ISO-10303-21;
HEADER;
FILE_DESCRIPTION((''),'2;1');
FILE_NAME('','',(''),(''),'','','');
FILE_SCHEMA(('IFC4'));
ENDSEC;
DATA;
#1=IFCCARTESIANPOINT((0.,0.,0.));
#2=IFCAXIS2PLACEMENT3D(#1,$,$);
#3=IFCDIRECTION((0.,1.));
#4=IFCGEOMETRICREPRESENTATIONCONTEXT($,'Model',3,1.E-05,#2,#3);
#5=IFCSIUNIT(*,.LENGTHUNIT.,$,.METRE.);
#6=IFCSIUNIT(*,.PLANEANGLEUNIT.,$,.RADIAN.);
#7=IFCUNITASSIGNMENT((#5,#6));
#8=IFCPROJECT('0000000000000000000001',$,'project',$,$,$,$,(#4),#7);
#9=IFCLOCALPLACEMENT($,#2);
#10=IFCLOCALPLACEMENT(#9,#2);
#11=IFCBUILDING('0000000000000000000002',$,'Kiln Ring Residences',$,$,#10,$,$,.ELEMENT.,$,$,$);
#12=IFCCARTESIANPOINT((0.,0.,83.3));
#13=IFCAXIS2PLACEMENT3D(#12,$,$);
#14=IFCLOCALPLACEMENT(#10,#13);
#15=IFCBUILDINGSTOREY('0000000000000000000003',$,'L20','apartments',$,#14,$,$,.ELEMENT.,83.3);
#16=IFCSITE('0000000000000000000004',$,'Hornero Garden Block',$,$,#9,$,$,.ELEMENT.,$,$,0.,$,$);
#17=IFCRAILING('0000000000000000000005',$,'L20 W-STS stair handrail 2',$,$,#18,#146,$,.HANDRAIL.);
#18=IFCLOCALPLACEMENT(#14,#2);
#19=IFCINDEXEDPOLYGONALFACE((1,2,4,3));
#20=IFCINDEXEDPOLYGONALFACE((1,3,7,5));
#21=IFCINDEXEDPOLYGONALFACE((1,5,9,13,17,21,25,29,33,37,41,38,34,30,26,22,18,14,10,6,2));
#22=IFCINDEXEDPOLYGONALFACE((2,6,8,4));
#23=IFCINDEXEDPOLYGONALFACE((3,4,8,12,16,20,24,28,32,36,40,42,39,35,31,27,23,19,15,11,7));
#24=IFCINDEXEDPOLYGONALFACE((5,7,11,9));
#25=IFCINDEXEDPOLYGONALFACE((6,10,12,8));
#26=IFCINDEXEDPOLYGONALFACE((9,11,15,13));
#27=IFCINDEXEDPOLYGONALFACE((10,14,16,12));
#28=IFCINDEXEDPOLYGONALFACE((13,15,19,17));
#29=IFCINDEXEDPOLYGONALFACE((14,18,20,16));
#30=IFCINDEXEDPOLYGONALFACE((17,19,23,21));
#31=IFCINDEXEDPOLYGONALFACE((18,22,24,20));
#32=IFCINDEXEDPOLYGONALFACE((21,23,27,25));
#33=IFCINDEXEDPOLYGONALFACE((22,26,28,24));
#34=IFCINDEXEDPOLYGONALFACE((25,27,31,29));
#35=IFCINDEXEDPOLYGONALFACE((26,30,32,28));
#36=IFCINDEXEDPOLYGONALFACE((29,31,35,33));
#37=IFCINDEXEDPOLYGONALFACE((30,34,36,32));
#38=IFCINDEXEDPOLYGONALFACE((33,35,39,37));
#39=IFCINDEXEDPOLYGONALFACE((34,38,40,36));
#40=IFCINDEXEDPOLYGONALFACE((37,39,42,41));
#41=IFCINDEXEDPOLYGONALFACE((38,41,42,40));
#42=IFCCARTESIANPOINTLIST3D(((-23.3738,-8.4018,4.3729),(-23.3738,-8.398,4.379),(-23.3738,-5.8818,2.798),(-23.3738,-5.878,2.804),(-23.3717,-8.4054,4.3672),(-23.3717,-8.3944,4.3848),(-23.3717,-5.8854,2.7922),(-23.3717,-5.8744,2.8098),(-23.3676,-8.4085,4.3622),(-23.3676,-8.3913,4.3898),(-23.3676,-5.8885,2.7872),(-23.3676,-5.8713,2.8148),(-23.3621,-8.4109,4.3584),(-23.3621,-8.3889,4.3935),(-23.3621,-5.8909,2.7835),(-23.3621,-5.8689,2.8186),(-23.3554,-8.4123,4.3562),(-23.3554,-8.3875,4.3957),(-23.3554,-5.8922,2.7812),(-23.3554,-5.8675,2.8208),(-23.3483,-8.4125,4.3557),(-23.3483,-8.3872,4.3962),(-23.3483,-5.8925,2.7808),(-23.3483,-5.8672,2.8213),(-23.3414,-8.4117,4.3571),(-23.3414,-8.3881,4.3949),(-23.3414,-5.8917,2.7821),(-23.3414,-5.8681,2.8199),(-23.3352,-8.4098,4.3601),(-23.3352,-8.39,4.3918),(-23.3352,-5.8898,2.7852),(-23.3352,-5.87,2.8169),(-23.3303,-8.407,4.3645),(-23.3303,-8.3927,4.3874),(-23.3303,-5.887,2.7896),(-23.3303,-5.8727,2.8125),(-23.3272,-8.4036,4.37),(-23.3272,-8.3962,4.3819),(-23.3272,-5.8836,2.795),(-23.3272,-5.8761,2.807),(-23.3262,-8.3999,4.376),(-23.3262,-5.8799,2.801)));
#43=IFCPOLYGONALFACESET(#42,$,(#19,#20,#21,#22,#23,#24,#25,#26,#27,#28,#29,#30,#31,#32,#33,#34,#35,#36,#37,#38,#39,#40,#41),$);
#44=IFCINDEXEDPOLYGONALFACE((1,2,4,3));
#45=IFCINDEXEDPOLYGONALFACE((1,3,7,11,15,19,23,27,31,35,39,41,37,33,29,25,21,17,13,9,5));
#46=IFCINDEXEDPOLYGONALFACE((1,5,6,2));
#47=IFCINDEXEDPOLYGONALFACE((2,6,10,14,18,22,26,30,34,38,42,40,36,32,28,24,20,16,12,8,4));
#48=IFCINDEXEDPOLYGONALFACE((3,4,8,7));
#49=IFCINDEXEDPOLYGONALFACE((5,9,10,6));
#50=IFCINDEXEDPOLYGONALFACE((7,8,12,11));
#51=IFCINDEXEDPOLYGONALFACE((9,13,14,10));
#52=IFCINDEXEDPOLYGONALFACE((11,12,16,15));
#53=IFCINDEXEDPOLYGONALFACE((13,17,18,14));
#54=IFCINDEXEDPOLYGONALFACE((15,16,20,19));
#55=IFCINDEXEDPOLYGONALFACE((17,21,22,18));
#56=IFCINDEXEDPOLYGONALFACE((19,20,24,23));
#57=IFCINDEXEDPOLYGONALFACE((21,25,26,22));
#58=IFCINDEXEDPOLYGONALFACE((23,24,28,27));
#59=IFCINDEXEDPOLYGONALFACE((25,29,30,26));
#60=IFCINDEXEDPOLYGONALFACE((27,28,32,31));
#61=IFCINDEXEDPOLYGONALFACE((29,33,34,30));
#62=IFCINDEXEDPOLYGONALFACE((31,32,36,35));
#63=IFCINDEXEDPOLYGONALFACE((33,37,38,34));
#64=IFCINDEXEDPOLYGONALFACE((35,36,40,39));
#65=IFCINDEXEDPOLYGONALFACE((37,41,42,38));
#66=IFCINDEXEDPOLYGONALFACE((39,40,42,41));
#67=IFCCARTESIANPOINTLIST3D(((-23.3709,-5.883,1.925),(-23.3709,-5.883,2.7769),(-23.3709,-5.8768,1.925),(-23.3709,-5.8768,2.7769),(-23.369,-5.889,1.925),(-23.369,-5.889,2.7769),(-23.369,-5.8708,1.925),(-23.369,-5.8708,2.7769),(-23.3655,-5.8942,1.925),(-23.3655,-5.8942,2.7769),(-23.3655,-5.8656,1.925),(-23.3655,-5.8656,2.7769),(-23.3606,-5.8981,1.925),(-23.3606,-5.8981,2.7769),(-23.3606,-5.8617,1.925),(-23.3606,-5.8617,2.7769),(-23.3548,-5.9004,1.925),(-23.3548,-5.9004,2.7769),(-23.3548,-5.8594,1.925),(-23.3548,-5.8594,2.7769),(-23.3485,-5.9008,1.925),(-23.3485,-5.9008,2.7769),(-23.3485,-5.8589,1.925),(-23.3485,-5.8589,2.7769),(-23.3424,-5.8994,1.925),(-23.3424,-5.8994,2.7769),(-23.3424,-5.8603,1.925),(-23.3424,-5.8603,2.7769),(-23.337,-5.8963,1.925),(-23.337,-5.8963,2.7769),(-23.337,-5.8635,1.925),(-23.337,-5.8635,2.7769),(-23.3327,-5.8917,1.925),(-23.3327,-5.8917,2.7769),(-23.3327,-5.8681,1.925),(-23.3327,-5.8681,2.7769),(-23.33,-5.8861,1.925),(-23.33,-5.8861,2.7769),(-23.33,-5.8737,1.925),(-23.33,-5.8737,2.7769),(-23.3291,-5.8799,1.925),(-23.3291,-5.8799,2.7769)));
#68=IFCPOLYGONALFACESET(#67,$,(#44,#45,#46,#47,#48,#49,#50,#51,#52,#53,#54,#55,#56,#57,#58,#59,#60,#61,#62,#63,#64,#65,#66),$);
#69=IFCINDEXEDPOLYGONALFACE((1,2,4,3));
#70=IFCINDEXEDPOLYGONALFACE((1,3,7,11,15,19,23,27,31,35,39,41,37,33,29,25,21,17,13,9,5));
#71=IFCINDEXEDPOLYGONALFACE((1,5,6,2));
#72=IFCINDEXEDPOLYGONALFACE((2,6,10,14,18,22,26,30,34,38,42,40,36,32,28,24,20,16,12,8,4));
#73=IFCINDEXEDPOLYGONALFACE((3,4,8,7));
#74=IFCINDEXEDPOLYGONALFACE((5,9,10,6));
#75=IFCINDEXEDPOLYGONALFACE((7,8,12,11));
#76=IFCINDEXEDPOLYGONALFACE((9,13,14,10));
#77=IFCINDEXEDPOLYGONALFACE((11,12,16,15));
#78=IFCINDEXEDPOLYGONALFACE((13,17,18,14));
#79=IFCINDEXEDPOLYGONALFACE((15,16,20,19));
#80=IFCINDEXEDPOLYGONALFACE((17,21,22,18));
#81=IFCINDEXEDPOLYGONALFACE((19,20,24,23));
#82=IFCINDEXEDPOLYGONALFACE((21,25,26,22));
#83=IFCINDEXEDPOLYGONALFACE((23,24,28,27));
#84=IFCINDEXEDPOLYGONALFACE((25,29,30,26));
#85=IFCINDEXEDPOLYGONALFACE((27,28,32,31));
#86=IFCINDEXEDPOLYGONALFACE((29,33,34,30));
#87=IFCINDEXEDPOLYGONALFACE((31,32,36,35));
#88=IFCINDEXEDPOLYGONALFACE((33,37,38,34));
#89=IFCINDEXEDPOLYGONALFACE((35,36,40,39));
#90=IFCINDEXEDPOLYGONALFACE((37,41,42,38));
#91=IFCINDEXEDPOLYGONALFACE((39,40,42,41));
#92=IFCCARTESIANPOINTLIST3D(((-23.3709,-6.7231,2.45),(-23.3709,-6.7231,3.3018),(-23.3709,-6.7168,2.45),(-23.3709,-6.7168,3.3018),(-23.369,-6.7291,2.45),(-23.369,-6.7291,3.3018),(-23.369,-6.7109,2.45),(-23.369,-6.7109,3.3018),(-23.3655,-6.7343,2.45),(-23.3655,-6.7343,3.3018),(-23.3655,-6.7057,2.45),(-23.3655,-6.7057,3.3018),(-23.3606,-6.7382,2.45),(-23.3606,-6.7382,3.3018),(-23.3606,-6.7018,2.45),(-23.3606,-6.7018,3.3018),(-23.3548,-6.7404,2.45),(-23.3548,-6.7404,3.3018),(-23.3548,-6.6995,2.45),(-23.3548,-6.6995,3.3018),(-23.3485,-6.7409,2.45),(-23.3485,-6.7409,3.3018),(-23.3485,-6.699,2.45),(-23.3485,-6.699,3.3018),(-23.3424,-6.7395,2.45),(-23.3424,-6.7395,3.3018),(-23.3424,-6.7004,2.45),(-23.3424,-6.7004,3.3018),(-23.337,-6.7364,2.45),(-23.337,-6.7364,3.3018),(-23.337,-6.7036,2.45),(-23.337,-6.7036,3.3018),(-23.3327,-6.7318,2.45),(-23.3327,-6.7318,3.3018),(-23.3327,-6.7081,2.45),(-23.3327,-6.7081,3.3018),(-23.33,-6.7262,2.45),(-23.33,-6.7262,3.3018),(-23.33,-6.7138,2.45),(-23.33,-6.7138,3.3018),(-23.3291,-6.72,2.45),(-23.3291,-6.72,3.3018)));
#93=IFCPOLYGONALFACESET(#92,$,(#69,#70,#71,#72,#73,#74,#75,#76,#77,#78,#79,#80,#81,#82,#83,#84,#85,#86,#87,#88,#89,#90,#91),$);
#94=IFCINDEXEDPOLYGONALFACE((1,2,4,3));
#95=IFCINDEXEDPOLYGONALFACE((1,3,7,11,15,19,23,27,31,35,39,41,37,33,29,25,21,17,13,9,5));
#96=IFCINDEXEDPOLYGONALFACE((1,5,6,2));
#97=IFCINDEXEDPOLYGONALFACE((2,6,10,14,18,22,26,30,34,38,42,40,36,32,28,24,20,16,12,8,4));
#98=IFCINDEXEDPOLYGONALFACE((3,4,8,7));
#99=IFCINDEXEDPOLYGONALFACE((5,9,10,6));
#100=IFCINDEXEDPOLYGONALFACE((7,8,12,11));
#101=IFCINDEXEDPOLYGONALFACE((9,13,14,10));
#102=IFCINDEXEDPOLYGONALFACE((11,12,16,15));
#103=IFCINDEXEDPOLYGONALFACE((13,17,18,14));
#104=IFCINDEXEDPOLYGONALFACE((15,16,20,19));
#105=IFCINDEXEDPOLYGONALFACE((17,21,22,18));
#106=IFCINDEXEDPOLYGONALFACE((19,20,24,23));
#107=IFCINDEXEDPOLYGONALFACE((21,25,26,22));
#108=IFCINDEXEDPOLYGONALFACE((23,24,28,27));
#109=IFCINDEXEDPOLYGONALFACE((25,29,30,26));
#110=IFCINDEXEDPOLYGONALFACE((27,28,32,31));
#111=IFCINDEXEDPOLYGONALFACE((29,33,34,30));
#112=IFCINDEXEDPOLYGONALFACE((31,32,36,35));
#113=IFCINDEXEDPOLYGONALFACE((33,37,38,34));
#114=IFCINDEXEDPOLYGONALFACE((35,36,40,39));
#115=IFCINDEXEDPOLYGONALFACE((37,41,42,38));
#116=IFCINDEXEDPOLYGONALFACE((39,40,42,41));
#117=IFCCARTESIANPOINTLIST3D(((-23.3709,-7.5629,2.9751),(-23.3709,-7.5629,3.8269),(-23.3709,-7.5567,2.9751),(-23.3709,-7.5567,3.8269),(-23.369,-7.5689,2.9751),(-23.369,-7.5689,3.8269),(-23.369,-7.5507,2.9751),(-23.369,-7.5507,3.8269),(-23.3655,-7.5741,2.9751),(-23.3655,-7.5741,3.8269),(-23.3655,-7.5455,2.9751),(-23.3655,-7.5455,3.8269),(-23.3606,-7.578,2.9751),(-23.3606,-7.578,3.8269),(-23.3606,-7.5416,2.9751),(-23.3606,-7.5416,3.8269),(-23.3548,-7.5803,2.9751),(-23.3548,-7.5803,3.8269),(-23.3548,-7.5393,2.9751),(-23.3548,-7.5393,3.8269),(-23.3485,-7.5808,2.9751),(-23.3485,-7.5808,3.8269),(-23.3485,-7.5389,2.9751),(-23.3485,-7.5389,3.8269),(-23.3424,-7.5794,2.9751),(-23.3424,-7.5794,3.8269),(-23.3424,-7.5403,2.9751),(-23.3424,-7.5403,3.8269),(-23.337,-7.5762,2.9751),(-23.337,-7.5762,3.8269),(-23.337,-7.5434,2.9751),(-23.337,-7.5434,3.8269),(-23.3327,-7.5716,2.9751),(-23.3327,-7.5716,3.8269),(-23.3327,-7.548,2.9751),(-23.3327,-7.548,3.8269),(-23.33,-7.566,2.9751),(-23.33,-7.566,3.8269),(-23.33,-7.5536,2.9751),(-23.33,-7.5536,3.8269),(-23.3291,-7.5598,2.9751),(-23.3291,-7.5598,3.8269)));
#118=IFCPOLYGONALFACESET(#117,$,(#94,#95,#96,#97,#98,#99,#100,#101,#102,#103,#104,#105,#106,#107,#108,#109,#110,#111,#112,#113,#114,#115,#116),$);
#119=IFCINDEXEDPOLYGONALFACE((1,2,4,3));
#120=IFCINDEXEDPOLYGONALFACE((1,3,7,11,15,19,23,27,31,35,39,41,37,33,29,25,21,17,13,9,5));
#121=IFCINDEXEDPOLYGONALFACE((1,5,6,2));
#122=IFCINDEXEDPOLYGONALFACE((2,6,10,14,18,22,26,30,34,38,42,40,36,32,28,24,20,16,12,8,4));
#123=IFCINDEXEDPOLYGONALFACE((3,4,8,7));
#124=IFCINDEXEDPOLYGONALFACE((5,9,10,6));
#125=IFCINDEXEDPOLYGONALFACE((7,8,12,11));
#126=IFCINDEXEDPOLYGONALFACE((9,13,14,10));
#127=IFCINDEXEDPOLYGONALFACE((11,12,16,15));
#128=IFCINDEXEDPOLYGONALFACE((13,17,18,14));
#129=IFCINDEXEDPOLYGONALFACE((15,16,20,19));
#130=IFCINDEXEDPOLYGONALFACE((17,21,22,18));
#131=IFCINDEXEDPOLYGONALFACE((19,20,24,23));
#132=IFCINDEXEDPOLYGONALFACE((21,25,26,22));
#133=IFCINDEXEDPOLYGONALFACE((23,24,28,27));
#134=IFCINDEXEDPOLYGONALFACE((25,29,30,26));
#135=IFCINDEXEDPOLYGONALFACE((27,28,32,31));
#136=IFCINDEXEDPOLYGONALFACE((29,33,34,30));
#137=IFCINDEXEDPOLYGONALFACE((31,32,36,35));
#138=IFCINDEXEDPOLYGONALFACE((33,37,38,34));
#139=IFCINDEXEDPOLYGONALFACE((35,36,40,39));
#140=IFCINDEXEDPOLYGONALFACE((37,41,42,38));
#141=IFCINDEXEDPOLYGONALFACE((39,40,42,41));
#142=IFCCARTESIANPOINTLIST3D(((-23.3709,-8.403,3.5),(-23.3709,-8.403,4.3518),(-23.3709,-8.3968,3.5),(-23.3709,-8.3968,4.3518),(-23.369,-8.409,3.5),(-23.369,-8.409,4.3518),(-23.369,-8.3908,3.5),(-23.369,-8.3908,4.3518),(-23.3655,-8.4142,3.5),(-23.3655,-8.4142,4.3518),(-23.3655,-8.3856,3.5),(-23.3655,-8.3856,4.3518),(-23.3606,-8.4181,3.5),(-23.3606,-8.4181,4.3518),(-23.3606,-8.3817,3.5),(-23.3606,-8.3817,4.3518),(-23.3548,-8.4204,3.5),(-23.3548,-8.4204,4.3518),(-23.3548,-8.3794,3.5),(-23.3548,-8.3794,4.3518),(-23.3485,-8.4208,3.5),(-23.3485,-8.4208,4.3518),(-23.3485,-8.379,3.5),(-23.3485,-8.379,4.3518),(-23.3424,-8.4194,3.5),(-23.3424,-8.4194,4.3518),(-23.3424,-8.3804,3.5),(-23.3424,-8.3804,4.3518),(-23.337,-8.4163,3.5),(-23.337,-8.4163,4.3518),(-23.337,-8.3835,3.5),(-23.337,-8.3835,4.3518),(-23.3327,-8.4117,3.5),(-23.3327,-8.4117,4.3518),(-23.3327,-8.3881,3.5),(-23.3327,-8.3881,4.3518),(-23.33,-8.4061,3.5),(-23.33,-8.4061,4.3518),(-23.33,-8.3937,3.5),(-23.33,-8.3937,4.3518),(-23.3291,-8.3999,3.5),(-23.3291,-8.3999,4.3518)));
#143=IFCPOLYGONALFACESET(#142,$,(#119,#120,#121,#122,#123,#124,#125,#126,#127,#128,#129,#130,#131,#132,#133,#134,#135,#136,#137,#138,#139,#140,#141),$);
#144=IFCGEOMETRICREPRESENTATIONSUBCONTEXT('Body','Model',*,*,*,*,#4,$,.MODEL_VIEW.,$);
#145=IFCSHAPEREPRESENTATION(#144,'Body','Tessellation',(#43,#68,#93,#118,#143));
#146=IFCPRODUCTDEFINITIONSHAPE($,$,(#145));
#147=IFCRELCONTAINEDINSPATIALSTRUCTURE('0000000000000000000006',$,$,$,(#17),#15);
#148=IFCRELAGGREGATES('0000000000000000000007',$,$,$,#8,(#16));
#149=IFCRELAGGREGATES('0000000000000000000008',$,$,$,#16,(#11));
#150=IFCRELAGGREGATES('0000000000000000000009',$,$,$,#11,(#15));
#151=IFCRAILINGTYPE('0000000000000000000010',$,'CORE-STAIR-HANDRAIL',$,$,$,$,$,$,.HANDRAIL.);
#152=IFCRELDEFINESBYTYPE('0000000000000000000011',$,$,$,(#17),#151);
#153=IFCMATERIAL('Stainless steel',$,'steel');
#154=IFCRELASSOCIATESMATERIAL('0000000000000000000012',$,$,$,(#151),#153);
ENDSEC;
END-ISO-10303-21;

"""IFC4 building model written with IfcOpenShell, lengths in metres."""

from ifc_helpers import new_model, si_unit, direction, frame, origin, origin_2d, place, context, subcontext, project, spatial, circle, extrude, material, type_object, element, save


model = new_model("IFC4")

# Units and contexts
model_context = context("Model", 3, precision=1e-05, world=origin(), true_north=direction((0.0, 1.0)))
body_context = subcontext(model_context, "Body", "Model", "MODEL_VIEW")
ifc_project = project(units=[si_unit("LENGTHUNIT", "METRE"), si_unit("PLANEANGLEUNIT", "RADIAN")], contexts=[model_context])

# Site, building, storey
site_placement = place(None, origin())
site = spatial("IfcSite", under=ifc_project, at=site_placement, Name="Hornero Garden Block", CompositionType="ELEMENT", RefElevation=0.0)
building_placement = place(site_placement, origin())
building = spatial("IfcBuilding", under=site, at=building_placement, Name="Kiln Ring Residences", CompositionType="ELEMENT")
storey_placement = place(building_placement, frame((0.0, 0.0, 83.3)))
storey = spatial("IfcBuildingStorey", under=building, at=storey_placement, Name="L20", Description="apartments", CompositionType="ELEMENT", Elevation=83.3)

# Railing
ifc_material_1 = material(Name="Stainless steel", Category="steel")
railing_type_1 = type_object("IfcRailingType", Name="CORE-STAIR-HANDRAIL", PredefinedType="HANDRAIL", material=ifc_material_1)
railing_1_placement = place(storey_placement, frame((-23.3501, -5.8799, 1.925)))
element("IfcRailing", 1, at=railing_1_placement, inside=storey, type_object=railing_type_1, Name="L20 W-STS stair handrail 2", PredefinedType="HANDRAIL", context=body_context, shape_type="SweptSolid", body=[
    extrude(circle(Radius=0.0239, at=origin_2d()), frame((0.0, 0.0, 0.876), z_axis=(0.0, -0.848008, 0.529984), x_axis=(1.0, 0.0, 0.0)), (0.0, 0.0, 1.0), 2.9717),
    extrude(circle(Radius=0.021, at=origin_2d()), origin(), (0.0, 0.0, 1.0), 0.8518),
    extrude(circle(Radius=0.021, at=origin_2d()), frame((0.0, -0.8401, 0.5249)), (0.0, 0.0, 1.0), 0.8518),
    extrude(circle(Radius=0.021, at=origin_2d()), frame((0.0, -1.6799, 1.05)), (0.0, 0.0, 1.0), 0.8518),
    extrude(circle(Radius=0.021, at=origin_2d()), frame((0.0, -2.52, 1.575)), (0.0, 0.0, 1.0), 0.8518),
])

save(model, "model.ifc")
